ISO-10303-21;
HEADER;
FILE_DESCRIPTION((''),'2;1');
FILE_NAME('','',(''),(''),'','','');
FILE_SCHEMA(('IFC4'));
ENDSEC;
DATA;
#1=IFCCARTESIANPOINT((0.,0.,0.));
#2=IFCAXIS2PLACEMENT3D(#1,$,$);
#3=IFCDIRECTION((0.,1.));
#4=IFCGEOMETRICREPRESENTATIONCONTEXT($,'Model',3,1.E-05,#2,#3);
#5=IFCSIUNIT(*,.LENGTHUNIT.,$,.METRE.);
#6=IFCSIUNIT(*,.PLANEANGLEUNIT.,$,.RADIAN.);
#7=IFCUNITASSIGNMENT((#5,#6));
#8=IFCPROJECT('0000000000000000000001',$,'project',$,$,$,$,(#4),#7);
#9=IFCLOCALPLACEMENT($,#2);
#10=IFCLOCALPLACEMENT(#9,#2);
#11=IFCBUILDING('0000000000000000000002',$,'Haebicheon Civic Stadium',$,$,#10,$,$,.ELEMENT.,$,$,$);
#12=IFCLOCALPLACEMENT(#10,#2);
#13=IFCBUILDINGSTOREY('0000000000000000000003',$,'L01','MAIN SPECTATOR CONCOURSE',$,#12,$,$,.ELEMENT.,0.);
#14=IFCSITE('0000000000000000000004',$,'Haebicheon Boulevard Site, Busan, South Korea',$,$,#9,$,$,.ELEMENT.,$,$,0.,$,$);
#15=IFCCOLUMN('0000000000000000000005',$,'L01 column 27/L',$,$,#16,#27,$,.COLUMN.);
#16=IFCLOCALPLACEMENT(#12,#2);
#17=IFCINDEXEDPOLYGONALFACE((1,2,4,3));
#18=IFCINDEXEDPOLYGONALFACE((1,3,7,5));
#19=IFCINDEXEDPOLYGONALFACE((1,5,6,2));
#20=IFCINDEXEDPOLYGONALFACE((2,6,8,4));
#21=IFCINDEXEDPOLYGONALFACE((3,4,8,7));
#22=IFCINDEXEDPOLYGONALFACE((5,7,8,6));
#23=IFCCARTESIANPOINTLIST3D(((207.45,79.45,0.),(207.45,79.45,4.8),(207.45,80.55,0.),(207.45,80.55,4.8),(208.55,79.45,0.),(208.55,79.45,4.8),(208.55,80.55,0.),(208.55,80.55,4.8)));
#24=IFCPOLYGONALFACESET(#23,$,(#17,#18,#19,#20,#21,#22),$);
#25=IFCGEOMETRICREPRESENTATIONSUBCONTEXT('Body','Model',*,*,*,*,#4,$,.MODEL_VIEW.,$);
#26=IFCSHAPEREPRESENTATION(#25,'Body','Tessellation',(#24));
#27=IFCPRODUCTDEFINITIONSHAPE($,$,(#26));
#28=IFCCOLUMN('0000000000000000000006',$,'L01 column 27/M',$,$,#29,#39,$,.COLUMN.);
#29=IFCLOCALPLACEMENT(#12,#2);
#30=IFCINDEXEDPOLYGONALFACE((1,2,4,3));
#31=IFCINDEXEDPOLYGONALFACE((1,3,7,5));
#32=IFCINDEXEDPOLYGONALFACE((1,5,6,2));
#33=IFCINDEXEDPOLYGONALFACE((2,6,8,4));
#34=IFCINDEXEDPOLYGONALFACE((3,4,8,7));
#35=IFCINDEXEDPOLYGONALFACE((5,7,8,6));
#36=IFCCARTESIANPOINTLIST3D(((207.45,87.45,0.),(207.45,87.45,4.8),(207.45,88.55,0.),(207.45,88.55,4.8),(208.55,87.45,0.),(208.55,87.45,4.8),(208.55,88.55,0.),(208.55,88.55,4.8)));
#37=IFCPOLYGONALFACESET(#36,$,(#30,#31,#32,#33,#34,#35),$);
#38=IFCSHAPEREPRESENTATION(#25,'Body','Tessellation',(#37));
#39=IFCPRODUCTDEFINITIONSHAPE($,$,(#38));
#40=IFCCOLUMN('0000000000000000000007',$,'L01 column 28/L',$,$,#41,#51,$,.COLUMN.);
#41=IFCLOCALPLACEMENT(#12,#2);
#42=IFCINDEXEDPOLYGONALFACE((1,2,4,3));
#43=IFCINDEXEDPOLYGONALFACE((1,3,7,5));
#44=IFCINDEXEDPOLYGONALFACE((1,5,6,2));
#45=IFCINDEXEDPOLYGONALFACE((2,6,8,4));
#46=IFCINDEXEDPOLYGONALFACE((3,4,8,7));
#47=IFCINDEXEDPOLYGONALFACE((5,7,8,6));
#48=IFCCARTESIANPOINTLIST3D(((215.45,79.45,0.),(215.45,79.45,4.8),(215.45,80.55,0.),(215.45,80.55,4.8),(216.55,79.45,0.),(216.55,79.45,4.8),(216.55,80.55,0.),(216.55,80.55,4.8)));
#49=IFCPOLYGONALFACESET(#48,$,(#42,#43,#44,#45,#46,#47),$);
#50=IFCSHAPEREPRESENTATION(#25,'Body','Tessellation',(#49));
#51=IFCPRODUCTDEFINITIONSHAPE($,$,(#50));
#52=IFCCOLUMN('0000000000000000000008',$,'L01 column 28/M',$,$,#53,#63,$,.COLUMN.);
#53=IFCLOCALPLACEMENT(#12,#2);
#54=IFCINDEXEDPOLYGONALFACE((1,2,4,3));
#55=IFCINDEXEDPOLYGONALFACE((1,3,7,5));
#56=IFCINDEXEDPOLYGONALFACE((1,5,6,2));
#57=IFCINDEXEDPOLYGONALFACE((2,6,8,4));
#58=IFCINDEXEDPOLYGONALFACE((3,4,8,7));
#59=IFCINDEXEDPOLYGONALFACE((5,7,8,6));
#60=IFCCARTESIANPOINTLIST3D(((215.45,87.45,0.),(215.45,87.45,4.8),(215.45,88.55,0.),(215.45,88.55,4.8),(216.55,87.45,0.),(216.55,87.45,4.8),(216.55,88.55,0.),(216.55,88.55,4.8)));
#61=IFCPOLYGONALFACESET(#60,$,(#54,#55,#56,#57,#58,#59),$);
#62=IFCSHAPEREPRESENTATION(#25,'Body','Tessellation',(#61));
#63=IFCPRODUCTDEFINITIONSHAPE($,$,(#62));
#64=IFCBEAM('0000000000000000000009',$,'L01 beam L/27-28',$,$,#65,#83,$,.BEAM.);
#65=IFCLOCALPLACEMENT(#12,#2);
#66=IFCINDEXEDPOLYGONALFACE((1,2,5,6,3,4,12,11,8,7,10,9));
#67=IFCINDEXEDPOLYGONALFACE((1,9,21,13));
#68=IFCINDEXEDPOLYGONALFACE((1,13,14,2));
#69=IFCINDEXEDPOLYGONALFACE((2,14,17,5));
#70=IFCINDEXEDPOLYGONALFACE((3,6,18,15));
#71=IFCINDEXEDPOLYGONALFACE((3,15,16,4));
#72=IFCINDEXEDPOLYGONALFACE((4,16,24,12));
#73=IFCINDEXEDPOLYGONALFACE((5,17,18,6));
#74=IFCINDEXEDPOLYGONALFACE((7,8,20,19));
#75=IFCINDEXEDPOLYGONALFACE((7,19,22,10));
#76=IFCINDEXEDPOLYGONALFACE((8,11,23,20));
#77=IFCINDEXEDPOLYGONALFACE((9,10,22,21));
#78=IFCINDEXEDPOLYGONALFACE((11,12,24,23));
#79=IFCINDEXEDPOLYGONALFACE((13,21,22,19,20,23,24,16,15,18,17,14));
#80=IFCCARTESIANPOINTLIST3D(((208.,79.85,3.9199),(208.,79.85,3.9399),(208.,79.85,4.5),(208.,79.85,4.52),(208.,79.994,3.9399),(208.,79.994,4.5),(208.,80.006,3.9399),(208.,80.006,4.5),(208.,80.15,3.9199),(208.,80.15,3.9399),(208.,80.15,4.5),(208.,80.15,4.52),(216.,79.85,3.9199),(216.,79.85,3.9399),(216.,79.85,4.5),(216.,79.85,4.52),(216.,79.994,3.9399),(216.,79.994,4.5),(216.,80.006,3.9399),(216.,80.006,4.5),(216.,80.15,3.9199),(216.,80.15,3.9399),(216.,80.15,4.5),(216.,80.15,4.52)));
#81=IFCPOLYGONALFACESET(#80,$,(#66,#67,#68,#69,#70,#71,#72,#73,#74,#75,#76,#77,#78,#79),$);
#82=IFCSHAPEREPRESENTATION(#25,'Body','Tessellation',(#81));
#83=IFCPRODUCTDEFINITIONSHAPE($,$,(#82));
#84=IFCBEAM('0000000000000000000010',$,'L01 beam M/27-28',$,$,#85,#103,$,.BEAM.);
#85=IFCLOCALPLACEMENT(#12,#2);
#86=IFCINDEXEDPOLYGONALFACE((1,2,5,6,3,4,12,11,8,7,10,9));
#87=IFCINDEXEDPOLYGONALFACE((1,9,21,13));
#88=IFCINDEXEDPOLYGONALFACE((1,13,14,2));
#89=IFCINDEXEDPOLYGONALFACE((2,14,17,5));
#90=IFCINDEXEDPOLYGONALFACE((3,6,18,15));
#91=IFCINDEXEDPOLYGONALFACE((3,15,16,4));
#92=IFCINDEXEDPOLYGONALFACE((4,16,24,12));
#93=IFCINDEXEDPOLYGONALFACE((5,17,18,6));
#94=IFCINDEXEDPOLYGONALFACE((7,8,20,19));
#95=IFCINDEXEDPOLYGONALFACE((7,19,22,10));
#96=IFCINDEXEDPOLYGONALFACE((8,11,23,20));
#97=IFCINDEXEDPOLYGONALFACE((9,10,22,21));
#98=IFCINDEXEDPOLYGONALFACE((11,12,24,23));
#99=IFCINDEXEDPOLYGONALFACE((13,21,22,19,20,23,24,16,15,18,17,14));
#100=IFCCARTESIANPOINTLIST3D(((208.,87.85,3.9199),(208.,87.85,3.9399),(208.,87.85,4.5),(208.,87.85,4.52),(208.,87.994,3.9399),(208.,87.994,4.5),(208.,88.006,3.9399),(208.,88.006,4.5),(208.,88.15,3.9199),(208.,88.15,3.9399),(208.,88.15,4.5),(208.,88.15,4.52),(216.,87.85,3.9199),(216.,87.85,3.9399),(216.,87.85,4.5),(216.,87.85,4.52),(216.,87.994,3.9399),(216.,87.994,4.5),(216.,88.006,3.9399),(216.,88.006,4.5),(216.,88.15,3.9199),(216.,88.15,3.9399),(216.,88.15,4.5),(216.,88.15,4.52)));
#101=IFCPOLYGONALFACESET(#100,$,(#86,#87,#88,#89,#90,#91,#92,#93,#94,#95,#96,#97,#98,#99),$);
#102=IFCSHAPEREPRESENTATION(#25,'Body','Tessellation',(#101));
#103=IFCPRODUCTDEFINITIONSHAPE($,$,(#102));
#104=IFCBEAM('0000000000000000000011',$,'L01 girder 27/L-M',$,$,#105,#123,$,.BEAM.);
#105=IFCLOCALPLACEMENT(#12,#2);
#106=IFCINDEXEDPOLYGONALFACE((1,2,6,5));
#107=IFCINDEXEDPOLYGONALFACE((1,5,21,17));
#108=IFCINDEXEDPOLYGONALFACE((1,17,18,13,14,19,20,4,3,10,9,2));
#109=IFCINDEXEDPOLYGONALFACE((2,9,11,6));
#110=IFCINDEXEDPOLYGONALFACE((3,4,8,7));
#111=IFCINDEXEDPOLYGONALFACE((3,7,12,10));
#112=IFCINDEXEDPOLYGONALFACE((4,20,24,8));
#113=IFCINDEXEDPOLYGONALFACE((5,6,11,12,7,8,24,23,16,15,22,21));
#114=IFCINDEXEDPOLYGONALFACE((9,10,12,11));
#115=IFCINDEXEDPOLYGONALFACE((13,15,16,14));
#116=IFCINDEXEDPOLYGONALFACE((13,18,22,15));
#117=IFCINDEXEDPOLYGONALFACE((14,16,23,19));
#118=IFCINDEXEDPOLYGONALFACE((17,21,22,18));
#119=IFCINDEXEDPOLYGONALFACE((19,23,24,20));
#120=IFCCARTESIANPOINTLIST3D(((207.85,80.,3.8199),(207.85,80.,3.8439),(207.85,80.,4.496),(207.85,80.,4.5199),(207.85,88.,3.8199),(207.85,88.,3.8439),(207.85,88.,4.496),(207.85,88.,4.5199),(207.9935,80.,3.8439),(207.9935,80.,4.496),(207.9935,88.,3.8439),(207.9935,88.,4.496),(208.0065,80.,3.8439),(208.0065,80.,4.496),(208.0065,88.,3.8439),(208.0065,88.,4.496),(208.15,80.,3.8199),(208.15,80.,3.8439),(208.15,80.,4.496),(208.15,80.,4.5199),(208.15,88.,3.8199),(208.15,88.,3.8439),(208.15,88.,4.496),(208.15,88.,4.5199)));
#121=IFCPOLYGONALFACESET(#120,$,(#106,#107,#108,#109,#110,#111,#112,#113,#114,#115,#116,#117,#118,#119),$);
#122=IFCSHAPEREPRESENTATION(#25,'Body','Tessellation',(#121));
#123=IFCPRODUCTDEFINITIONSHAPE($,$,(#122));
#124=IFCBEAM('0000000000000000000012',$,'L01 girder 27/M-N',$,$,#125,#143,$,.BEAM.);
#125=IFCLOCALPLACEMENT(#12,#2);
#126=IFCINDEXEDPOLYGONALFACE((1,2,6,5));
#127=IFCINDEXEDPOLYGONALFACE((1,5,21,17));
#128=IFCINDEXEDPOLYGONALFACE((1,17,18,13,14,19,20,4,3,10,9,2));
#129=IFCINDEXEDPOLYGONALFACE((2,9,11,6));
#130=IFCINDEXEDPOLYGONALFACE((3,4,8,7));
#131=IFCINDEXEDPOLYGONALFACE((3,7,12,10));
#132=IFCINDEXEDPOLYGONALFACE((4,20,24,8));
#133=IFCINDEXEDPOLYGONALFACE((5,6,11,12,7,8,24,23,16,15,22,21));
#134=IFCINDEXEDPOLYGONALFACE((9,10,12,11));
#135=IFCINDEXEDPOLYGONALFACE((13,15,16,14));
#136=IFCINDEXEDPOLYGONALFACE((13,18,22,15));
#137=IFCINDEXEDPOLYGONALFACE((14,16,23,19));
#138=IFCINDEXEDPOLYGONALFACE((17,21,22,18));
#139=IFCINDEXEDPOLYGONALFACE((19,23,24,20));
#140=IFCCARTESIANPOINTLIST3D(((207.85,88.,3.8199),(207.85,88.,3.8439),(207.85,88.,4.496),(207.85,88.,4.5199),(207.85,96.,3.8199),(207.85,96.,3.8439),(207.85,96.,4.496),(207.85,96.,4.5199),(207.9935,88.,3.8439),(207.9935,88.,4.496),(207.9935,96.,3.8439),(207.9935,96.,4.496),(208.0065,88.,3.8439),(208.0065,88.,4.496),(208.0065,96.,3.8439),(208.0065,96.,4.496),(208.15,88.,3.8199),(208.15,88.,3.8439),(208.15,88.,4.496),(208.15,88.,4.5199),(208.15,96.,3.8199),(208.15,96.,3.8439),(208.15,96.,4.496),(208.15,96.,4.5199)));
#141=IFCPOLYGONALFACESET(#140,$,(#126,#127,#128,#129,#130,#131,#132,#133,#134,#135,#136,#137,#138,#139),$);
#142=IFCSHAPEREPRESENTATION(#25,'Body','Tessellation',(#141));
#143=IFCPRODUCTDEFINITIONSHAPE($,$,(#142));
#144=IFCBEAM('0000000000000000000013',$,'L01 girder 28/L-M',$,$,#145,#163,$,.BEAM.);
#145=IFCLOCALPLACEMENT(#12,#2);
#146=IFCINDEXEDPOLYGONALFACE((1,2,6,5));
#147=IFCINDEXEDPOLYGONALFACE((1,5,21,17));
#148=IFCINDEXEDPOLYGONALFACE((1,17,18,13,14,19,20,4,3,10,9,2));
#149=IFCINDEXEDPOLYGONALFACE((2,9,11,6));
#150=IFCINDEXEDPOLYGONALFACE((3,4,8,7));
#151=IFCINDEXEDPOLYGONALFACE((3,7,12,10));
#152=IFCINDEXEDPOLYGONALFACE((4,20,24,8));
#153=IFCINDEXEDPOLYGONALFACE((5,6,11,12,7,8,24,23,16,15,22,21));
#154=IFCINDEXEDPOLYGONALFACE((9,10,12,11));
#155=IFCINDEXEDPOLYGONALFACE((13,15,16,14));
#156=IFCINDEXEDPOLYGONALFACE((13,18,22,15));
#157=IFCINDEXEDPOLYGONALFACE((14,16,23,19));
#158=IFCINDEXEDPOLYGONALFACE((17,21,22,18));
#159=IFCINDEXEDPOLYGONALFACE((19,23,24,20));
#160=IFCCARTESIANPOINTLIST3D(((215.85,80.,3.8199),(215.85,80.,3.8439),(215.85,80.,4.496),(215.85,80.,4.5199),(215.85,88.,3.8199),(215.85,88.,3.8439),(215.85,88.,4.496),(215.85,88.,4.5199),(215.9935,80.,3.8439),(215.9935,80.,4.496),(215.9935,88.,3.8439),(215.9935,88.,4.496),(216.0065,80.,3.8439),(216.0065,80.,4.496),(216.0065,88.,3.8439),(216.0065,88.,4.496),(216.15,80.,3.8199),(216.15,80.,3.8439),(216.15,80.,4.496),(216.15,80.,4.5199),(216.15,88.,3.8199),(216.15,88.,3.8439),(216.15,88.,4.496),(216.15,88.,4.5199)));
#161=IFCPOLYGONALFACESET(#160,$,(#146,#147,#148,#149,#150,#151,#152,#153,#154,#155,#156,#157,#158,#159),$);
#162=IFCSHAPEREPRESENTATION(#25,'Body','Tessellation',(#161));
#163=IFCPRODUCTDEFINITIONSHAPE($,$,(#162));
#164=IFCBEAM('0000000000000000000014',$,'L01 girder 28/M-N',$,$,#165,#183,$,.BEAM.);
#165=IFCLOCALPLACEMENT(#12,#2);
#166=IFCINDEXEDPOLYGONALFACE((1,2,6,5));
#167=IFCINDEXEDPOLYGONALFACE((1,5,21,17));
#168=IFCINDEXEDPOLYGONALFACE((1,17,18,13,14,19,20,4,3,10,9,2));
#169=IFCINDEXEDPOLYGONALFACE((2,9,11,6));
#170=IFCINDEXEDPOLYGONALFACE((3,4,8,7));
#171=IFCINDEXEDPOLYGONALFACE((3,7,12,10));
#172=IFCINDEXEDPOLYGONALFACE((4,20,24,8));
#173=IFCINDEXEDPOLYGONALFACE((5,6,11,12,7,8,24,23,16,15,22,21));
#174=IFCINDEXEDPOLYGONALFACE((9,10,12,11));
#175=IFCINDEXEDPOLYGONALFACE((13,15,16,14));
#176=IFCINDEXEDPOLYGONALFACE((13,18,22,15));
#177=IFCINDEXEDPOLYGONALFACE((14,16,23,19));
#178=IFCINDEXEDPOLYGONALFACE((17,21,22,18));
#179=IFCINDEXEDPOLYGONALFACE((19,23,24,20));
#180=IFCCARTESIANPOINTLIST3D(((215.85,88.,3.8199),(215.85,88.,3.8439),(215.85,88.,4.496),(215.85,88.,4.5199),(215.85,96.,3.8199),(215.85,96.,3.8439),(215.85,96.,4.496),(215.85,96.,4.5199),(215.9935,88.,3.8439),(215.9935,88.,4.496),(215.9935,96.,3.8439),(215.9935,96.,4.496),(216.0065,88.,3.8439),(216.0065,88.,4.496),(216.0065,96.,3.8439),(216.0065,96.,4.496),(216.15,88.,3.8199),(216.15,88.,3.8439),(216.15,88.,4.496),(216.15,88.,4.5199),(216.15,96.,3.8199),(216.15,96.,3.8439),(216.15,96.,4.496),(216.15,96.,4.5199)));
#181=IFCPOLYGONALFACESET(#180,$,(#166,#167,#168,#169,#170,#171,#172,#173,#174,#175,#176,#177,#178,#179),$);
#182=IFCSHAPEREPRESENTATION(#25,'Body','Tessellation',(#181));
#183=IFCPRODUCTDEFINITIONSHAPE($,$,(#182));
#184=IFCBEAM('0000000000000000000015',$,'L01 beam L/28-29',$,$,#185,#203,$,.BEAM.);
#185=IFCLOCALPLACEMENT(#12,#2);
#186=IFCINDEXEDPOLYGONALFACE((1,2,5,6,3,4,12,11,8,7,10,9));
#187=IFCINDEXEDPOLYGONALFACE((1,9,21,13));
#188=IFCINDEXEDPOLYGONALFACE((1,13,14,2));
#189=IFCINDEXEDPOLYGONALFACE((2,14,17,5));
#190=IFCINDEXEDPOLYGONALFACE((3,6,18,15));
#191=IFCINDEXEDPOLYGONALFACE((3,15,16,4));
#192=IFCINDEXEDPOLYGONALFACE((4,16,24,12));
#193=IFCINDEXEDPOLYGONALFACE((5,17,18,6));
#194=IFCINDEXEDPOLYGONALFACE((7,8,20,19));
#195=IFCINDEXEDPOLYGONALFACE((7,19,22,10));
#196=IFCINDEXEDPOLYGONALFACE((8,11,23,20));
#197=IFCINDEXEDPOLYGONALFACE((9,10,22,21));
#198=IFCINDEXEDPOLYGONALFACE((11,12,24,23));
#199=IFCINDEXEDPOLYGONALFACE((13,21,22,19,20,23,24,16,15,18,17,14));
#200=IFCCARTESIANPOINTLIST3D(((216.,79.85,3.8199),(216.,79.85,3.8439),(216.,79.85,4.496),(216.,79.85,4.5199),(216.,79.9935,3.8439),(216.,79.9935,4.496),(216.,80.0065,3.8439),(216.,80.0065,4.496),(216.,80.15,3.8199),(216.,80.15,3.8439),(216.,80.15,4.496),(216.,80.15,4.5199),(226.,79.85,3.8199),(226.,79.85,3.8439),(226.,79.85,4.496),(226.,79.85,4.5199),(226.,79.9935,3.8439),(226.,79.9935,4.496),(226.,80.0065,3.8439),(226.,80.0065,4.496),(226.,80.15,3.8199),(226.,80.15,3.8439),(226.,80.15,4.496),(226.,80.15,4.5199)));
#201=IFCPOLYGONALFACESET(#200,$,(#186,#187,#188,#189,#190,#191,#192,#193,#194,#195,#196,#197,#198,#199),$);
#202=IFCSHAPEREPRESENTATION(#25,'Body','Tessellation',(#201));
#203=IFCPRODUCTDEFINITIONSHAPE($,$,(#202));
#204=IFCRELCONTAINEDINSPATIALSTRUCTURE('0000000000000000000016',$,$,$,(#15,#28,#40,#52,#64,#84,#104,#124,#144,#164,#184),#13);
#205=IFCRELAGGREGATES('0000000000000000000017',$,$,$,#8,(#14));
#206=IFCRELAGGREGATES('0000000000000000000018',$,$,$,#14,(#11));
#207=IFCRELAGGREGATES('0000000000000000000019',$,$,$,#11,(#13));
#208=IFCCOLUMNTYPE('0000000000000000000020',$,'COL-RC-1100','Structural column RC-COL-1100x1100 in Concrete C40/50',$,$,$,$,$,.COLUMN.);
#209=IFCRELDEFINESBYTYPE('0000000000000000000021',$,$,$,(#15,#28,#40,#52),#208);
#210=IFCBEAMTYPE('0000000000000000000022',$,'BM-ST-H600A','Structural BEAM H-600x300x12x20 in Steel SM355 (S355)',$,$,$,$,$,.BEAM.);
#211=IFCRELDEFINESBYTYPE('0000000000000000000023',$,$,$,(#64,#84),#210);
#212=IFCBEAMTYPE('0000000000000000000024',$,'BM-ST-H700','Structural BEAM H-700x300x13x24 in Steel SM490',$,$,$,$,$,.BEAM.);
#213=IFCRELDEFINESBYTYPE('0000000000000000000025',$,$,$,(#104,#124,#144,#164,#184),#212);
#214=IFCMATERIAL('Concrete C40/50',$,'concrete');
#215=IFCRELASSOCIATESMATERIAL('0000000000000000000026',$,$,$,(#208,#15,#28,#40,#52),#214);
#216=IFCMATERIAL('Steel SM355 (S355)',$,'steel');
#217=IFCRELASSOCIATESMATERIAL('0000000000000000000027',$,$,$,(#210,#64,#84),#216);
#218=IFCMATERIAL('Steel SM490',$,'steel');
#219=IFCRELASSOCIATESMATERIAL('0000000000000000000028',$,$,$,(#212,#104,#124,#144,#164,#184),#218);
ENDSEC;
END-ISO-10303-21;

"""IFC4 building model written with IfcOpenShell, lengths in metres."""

from ifc_helpers import new_model, si_unit, direction, frame, origin, origin_2d, place, context, subcontext, project, spatial, rectangle, i_section, extrude, material, material_profile, profile_set, type_object, element, save


model = new_model("IFC4")

# Units and contexts
model_context = context("Model", 3, precision=1e-05, world=origin(), true_north=direction((0.0, 1.0)))
body_context = subcontext(model_context, "Body", "Model", "MODEL_VIEW")
ifc_project = project(units=[si_unit("LENGTHUNIT", "METRE"), si_unit("PLANEANGLEUNIT", "RADIAN")], contexts=[model_context])

# Site, building, storey
site_placement = place(None, origin())
site = spatial("IfcSite", under=ifc_project, at=site_placement, Name="Haebicheon Boulevard Site, Busan, South Korea", CompositionType="ELEMENT", RefElevation=0.0)
building_placement = place(site_placement, origin())
building = spatial("IfcBuilding", under=site, at=building_placement, Name="Haebicheon Civic Stadium", CompositionType="ELEMENT")
storey_placement = place(building_placement, origin())
storey = spatial("IfcBuildingStorey", under=building, at=storey_placement, Name="L01", Description="MAIN SPECTATOR CONCOURSE", CompositionType="ELEMENT", Elevation=0.0)

# Columns
ifc_material_1 = material(Name="Concrete C40/50", Category="concrete")
ifc_material_profile_1 = material_profile(ifc_material_1, rectangle(XDim=1.1001, YDim=1.1001, at=origin_2d()), Name="RC-COL-1100x1100")
ifc_profile_set_1 = profile_set([ifc_material_profile_1], Name="Concrete C40/50")
column_type = type_object("IfcColumnType", Name="COL-RC-1100", Description="Structural column RC-COL-1100x1100 in Concrete C40/50", PredefinedType="COLUMN", material=ifc_profile_set_1)
for number, where, z_axis, x_axis, name in (
    (1, (208.0, 80.0, 0.0), (0.0, 0.0, 1.0), (1.0, 0.0, 0.0), "L01 column 27/L"),
    (2, (208.0, 88.0, 0.0), (0.0, 0.0, 1.0), (1.0, 0.0, 0.0), "L01 column 27/M"),
    (3, (216.0, 80.0, 0.0), (0.0, 0.0, 1.0), (1.0, 0.0, 0.0), "L01 column 28/L"),
    (4, (216.0, 88.0, 0.0), (0.0, 0.0, 1.0), (1.0, 0.0, 0.0), "L01 column 28/M"),
):
    element("IfcColumn", number, at=place(storey_placement, frame(where, z_axis=z_axis, x_axis=x_axis)), inside=storey, type_object=column_type, material=ifc_profile_set_1, Name=name, PredefinedType="COLUMN", context=body_context, shape_type="SweptSolid", body=[
        extrude(rectangle(XDim=1.1001, YDim=1.1001, at=origin_2d()), origin(), (0.0, 0.0, 1.0), 4.8),
    ])

# Beams
ifc_material_2 = material(Name="Steel SM355 (S355)", Category="steel")
ifc_material_profile_2 = material_profile(ifc_material_2, i_section(OverallWidth=0.3, OverallDepth=0.6001, WebThickness=0.012, FlangeThickness=0.02, at=origin_2d()), Name="H-600x300x12x20")
ifc_profile_set_2 = profile_set([ifc_material_profile_2], Name="Steel SM355 (S355)")
beam_type_1 = type_object("IfcBeamType", Name="BM-ST-H600A", Description="Structural BEAM H-600x300x12x20 in Steel SM355 (S355)", PredefinedType="BEAM", material=ifc_profile_set_2)
for number, where, z_axis, x_axis, name in (
    (5, (208.0, 80.0, 4.22), (1.0, 0.0, 0.0), (0.0, 1.0, 0.0), "L01 beam L/27-28"),
    (6, (208.0, 88.0, 4.22), (1.0, 0.0, 0.0), (0.0, 1.0, 0.0), "L01 beam M/27-28"),
):
    element("IfcBeam", number, at=place(storey_placement, frame(where, z_axis=z_axis, x_axis=x_axis)), inside=storey, type_object=beam_type_1, material=ifc_profile_set_2, Name=name, PredefinedType="BEAM", context=body_context, shape_type="SweptSolid", body=[
        extrude(i_section(OverallWidth=0.3, OverallDepth=0.6001, WebThickness=0.012, FlangeThickness=0.02, at=origin_2d()), origin(), (0.0, 0.0, 1.0), 8.0),
    ])
ifc_material_3 = material(Name="Steel SM490", Category="steel")
ifc_material_profile_3 = material_profile(ifc_material_3, i_section(OverallWidth=0.3, OverallDepth=0.7, WebThickness=0.0129, FlangeThickness=0.0239, at=origin_2d()), Name="H-700x300x13x24")
ifc_profile_set_3 = profile_set([ifc_material_profile_3], Name="Steel SM490")
beam_type_2 = type_object("IfcBeamType", Name="BM-ST-H700", Description="Structural BEAM H-700x300x13x24 in Steel SM490", PredefinedType="BEAM", material=ifc_profile_set_3)
for number, where, z_axis, x_axis, name in (
    (7, (208.0, 80.0, 4.1699), (0.0, 1.0, 0.0), (-1.0, 0.0, 0.0), "L01 girder 27/L-M"),
    (8, (208.0, 88.0, 4.1699), (0.0, 1.0, 0.0), (-1.0, 0.0, 0.0), "L01 girder 27/M-N"),
    (9, (216.0, 80.0, 4.1699), (0.0, 1.0, 0.0), (-1.0, 0.0, 0.0), "L01 girder 28/L-M"),
    (10, (216.0, 88.0, 4.1699), (0.0, 1.0, 0.0), (-1.0, 0.0, 0.0), "L01 girder 28/M-N"),
):
    element("IfcBeam", number, at=place(storey_placement, frame(where, z_axis=z_axis, x_axis=x_axis)), inside=storey, type_object=beam_type_2, material=ifc_profile_set_3, Name=name, PredefinedType="BEAM", context=body_context, shape_type="SweptSolid", body=[
        extrude(i_section(OverallWidth=0.3, OverallDepth=0.7, WebThickness=0.0129, FlangeThickness=0.0239, at=origin_2d()), origin(), (0.0, 0.0, 1.0), 8.0),
    ])
for number, where, z_axis, x_axis, name in (
    (11, (216.0, 80.0, 4.1699), (1.0, 0.0, 0.0), (0.0, 1.0, 0.0), "L01 beam L/28-29"),
):
    element("IfcBeam", number, at=place(storey_placement, frame(where, z_axis=z_axis, x_axis=x_axis)), inside=storey, type_object=beam_type_2, material=ifc_profile_set_3, Name=name, PredefinedType="BEAM", context=body_context, shape_type="SweptSolid", body=[
        extrude(i_section(OverallWidth=0.3, OverallDepth=0.7, WebThickness=0.0129, FlangeThickness=0.0239, at=origin_2d()), origin(), (0.0, 0.0, 1.0), 10.0),
    ])

save(model, "model.ifc")
